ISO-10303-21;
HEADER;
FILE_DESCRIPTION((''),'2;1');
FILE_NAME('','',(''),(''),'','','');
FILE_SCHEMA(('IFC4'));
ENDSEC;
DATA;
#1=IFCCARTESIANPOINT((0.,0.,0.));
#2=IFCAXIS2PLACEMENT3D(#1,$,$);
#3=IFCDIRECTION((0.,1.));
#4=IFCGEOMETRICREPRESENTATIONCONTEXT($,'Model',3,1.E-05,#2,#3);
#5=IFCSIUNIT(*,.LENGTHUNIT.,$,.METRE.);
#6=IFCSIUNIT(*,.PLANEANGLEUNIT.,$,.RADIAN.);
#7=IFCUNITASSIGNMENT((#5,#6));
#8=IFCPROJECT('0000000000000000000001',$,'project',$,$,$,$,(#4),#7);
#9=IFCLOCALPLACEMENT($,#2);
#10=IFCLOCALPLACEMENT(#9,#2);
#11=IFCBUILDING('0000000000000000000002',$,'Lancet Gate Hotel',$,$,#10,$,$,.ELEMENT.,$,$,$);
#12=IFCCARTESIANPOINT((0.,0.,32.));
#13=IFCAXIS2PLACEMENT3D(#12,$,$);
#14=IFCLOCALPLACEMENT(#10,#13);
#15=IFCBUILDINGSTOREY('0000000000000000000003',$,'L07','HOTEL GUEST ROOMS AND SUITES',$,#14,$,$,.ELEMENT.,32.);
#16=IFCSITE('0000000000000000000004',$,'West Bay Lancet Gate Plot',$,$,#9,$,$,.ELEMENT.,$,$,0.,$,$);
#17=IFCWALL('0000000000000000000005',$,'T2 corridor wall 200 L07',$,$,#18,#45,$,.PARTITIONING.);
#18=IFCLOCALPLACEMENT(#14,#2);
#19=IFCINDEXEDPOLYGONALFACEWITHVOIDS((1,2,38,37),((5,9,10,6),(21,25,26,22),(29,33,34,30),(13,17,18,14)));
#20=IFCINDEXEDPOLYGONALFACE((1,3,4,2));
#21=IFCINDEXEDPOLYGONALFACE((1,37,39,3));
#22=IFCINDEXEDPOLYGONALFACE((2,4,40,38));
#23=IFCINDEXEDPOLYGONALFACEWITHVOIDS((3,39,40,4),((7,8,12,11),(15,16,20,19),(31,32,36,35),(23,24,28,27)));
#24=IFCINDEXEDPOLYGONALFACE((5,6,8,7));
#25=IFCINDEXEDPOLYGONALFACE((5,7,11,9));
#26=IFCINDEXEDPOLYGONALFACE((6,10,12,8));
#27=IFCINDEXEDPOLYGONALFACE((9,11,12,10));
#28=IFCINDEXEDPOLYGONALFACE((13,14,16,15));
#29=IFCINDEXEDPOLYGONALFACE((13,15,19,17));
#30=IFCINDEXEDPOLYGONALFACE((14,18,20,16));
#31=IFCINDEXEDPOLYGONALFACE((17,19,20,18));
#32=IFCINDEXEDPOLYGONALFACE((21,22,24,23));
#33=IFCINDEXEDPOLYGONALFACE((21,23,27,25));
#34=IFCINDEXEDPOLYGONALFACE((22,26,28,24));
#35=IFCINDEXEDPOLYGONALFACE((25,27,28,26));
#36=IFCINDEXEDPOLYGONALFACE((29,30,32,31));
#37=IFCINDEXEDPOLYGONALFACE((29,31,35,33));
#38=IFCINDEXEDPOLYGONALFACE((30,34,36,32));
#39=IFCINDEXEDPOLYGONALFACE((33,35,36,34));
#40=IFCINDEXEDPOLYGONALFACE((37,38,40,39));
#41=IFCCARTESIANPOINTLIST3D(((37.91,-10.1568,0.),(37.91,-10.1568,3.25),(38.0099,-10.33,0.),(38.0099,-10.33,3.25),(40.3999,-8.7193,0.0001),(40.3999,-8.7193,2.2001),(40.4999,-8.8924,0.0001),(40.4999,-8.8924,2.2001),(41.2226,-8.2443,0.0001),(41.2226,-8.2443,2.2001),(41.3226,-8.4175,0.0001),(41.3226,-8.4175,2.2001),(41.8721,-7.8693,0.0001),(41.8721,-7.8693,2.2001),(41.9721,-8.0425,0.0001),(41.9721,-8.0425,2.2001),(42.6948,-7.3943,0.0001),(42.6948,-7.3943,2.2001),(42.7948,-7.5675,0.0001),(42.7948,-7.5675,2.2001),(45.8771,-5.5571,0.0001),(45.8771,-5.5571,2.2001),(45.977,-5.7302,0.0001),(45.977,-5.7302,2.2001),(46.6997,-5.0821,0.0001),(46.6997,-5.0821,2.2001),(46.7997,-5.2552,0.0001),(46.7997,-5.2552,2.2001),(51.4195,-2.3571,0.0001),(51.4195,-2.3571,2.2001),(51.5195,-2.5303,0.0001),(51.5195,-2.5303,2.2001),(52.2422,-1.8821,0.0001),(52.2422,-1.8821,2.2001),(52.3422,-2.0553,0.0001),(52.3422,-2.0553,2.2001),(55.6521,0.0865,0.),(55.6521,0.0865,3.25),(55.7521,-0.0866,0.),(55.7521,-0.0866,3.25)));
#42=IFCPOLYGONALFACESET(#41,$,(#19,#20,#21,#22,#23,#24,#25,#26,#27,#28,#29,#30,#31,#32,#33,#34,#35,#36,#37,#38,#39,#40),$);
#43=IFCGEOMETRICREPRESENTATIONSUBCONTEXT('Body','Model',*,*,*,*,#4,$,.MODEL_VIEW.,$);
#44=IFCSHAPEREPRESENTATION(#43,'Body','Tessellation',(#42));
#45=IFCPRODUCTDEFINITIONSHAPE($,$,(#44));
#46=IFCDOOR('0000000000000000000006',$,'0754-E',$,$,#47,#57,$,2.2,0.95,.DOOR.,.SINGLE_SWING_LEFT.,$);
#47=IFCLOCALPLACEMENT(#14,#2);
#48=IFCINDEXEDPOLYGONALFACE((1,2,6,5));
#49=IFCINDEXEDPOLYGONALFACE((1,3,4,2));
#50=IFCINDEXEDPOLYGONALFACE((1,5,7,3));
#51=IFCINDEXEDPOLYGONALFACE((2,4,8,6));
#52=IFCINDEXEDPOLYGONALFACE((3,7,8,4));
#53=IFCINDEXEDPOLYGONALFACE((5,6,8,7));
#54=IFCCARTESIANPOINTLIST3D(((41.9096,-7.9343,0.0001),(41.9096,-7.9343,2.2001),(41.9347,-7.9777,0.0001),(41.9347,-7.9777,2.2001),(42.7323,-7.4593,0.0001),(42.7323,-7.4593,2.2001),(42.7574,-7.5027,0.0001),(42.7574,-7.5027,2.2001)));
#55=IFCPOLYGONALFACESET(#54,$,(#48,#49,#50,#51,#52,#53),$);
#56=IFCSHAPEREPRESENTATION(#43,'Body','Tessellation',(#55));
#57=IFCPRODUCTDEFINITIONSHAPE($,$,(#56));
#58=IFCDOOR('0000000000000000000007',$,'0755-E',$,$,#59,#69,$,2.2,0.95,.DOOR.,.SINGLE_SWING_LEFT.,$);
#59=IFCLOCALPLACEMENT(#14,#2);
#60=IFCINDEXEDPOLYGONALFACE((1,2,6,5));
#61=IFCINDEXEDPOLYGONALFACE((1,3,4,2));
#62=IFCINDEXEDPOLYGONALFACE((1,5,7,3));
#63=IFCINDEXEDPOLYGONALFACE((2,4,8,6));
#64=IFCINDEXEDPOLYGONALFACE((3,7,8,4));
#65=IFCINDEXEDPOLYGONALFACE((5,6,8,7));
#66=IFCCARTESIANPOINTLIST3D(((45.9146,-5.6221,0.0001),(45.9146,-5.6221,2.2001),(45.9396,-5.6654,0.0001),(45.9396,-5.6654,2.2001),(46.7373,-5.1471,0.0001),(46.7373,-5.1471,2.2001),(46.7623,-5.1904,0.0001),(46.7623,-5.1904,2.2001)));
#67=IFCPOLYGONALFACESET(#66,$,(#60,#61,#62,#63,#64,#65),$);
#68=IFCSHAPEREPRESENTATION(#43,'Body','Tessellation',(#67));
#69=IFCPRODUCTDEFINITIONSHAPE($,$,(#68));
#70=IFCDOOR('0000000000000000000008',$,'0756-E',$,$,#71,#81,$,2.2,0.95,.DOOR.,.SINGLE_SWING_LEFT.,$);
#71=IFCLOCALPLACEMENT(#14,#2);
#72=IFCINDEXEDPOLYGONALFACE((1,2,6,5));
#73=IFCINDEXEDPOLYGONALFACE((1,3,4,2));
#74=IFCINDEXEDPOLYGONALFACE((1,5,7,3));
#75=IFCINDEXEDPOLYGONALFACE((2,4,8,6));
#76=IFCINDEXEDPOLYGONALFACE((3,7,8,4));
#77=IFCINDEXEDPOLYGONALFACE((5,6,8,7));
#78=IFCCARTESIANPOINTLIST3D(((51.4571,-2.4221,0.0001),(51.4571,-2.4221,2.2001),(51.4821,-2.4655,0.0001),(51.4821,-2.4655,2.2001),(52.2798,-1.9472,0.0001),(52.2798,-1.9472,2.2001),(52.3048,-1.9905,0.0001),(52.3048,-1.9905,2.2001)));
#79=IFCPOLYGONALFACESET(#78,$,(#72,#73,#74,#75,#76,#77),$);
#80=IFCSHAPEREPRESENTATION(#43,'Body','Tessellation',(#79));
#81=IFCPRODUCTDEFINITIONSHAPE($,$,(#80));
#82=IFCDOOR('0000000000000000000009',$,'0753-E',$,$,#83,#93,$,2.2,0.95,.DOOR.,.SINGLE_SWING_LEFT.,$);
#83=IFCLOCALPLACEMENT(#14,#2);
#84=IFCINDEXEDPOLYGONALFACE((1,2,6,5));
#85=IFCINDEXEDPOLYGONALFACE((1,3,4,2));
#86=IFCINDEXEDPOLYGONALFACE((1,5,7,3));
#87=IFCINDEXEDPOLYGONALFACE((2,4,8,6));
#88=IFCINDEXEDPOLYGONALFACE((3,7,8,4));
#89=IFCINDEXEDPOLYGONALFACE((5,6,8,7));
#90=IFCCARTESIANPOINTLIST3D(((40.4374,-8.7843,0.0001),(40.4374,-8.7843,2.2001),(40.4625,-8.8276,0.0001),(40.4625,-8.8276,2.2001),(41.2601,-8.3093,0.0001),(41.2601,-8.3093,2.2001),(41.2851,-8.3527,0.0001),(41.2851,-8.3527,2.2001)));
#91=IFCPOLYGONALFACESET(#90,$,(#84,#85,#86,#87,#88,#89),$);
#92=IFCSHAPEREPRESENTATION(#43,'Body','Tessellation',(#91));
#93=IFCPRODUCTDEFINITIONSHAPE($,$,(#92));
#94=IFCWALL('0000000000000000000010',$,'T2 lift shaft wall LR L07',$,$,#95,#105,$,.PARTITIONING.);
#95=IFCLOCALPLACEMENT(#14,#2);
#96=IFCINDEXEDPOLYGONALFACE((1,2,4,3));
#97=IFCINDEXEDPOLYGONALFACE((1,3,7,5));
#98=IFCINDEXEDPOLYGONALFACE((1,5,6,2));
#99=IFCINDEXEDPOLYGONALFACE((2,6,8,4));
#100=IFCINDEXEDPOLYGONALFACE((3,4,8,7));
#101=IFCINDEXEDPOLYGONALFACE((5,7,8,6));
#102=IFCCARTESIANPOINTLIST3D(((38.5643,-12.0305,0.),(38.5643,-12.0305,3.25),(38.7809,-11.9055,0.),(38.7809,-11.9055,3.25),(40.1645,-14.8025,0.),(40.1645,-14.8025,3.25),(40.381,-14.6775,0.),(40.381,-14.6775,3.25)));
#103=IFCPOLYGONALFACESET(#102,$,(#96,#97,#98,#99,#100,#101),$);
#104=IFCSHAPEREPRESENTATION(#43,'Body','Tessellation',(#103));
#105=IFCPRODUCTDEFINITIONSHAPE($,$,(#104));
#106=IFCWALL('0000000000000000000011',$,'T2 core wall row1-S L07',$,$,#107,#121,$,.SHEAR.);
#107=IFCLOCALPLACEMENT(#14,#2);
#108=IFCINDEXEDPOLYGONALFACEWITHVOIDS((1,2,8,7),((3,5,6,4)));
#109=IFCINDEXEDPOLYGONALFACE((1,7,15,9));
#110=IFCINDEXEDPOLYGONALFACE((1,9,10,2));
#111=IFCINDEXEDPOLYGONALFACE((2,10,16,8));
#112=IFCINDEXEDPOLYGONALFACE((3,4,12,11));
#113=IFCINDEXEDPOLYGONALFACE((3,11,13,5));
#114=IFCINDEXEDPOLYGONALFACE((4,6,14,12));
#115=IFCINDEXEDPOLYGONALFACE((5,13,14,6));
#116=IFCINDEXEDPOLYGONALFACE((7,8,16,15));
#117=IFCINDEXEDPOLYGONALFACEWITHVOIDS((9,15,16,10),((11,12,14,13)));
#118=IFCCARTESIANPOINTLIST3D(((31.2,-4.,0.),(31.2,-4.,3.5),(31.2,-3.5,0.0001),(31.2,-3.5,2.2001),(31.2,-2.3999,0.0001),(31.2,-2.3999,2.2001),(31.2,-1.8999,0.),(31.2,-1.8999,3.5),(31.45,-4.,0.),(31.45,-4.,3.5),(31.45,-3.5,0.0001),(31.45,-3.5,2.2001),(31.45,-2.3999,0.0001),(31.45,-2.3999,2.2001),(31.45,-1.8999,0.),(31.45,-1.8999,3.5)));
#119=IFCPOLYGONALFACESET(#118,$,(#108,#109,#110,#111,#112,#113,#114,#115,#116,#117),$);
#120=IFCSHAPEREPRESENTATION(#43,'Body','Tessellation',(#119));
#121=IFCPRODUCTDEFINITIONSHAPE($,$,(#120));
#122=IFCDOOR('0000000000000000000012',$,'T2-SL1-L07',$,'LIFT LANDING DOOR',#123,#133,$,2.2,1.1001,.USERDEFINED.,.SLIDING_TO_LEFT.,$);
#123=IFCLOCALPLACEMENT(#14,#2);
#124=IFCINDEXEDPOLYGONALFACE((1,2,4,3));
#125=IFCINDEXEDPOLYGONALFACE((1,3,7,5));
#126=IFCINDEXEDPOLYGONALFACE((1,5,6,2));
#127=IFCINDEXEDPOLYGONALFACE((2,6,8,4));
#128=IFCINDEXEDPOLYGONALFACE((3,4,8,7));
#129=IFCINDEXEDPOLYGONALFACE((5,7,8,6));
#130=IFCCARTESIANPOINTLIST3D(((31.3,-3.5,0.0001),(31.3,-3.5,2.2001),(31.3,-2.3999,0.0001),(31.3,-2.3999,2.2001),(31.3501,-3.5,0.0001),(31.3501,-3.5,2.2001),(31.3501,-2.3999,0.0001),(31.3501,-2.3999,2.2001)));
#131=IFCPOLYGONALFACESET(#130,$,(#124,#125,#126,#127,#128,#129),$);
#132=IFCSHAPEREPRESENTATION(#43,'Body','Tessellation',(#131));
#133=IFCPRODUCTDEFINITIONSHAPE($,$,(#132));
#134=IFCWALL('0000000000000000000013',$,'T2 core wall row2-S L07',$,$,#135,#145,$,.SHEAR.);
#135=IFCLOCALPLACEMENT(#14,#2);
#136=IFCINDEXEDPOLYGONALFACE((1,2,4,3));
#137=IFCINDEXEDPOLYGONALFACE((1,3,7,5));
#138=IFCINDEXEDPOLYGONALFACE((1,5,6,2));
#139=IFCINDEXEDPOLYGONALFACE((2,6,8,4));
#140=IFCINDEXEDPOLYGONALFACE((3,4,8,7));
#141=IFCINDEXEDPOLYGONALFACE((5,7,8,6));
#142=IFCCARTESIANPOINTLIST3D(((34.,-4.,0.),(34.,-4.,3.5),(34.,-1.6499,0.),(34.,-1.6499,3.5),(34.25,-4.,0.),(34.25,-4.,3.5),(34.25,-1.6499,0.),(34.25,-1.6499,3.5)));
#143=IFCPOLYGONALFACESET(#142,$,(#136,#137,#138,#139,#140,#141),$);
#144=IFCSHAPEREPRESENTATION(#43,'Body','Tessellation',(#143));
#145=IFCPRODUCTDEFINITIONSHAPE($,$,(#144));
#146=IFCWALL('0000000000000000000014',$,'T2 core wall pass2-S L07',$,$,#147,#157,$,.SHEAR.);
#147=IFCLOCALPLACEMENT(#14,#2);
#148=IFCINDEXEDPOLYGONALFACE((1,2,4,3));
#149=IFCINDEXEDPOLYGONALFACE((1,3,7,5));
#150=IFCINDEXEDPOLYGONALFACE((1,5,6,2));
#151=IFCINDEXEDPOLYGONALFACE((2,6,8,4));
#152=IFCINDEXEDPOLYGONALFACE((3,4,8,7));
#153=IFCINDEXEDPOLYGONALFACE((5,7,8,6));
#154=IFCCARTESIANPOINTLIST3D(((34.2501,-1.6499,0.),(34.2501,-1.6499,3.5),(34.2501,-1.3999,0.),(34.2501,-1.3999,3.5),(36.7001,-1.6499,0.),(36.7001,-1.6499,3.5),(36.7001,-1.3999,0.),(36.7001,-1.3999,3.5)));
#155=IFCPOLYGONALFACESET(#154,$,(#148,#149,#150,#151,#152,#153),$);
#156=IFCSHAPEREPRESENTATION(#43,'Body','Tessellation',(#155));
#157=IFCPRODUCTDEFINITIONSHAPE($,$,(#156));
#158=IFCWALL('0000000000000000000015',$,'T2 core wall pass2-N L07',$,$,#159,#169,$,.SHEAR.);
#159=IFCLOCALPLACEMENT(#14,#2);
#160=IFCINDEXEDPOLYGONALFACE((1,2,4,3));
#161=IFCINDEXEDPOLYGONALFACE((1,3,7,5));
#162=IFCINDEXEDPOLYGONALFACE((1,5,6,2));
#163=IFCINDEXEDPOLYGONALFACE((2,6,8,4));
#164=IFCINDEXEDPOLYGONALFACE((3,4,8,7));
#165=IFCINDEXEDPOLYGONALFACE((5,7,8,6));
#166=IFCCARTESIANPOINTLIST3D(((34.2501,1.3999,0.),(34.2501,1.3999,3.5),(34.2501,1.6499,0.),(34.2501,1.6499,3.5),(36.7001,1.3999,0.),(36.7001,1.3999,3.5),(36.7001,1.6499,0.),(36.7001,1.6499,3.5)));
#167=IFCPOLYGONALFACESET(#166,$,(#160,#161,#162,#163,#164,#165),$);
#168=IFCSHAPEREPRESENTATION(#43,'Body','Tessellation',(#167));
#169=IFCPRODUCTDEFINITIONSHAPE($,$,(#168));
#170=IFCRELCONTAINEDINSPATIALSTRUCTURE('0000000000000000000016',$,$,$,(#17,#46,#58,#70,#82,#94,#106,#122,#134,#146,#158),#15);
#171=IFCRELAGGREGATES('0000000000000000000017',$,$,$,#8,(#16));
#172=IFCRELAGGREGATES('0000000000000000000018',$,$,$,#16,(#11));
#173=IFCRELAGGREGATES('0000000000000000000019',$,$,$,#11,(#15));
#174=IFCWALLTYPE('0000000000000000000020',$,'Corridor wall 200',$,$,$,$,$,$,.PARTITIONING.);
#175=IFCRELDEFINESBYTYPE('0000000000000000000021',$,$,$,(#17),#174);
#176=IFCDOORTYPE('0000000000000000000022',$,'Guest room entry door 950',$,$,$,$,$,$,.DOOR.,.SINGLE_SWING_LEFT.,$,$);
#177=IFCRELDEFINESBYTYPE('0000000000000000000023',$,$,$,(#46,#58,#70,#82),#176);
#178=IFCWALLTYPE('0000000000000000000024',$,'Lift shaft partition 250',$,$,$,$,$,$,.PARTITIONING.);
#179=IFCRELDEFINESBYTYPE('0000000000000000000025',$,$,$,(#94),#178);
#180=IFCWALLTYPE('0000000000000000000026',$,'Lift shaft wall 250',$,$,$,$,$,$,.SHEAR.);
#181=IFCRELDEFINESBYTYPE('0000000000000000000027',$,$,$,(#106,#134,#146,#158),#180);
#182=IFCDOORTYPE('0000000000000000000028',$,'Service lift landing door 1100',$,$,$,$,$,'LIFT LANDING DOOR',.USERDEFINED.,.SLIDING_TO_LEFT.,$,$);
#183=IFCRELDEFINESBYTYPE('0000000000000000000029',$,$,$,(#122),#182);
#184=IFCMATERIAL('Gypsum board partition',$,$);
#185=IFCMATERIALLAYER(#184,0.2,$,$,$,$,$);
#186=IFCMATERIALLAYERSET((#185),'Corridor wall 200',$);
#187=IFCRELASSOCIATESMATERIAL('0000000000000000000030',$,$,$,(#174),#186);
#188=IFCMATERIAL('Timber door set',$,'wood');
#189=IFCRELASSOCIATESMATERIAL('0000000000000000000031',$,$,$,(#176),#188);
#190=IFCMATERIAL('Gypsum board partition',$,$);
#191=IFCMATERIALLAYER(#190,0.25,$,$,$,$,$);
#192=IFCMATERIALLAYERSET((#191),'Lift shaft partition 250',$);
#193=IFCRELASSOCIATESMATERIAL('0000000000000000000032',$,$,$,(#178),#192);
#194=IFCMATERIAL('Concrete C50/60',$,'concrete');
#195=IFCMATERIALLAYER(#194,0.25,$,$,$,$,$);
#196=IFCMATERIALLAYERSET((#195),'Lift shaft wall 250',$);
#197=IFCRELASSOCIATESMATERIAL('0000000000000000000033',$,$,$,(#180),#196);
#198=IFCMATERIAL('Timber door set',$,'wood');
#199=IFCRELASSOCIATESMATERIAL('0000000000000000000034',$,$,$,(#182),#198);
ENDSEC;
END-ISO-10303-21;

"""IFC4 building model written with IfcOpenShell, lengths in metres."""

from ifc_helpers import new_model, si_unit, direction, frame, frame_2d, origin, place, context, subcontext, project, spatial, rectangle, extrude, material, layer, layer_set, type_object, element, fill, save


model = new_model("IFC4")

# Units and contexts
model_context = context("Model", 3, precision=1e-05, world=origin(), true_north=direction((0.0, 1.0)))
body_context = subcontext(model_context, "Body", "Model", "MODEL_VIEW")
ifc_project = project(units=[si_unit("LENGTHUNIT", "METRE"), si_unit("PLANEANGLEUNIT", "RADIAN")], contexts=[model_context])

# Site, building, storey
site_placement = place(None, origin())
site = spatial("IfcSite", under=ifc_project, at=site_placement, Name="West Bay Lancet Gate Plot", CompositionType="ELEMENT", RefElevation=0.0)
building_placement = place(site_placement, origin())
building = spatial("IfcBuilding", under=site, at=building_placement, Name="Lancet Gate Hotel", CompositionType="ELEMENT")
storey_placement = place(building_placement, frame((0.0, 0.0, 32.0)))
storey = spatial("IfcBuildingStorey", under=building, at=storey_placement, Name="L07", Description="HOTEL GUEST ROOMS AND SUITES", CompositionType="ELEMENT", Elevation=32.0)

# Wall, openings, doors
ifc_material_1 = material(Name="Gypsum board partition")
ifc_layer_1 = layer(ifc_material_1, 0.2)
ifc_layer_set_1 = layer_set([ifc_layer_1], Name="Corridor wall 200")
wall_type_1 = type_object("IfcWallType", Name="Corridor wall 200", PredefinedType="PARTITIONING", material=ifc_layer_set_1)
wall_1_placement = place(storey_placement, frame((37.96, -10.2434, 0.0), z_axis=(0.0, 0.0, 1.0), x_axis=(0.866026, 0.499998, 0.0)))
wall_1 = element("IfcWall", 1, at=wall_1_placement, inside=storey, type_object=wall_type_1, Name="T2 corridor wall 200 L07", PredefinedType="PARTITIONING", context=body_context, shape_type="SweptSolid", body=[
    extrude(rectangle(XDim=20.4868, YDim=0.2, at=frame_2d((10.2434, 0.0))), origin(), (0.0, 0.0, 1.0), 3.25),
])
opening_1_placement = place(wall_1_placement, frame((4.575, 0.0, 0.0)))
opening_1 = element("IfcOpeningElement", 2, at=opening_1_placement, cuts=wall_1, PredefinedType="OPENING", context=body_context, shape_type="SweptSolid", body=[
    extrude(rectangle(XDim=0.95, YDim=2.2, at=frame_2d((0.4751, 1.1001))), frame((0.0, 0.1099, 0.0), z_axis=(0.0, -1.0, 0.0), x_axis=(1.0, 0.0, 0.0)), (0.0, 0.0, 1.0), 0.22),
])
opening_2_placement = place(wall_1_placement, frame((9.1995, 0.0, 0.0)))
opening_2 = element("IfcOpeningElement", 3, at=opening_2_placement, cuts=wall_1, PredefinedType="OPENING", context=body_context, shape_type="SweptSolid", body=[
    extrude(rectangle(XDim=0.95, YDim=2.2, at=frame_2d((0.4751, 1.1001))), frame((0.0, 0.1099, 0.0), z_axis=(0.0, -1.0, 0.0), x_axis=(1.0, 0.0, 0.0)), (0.0, 0.0, 1.0), 0.22),
])
opening_3_placement = place(wall_1_placement, frame((15.5994, 0.0, 0.0)))
opening_3 = element("IfcOpeningElement", 4, at=opening_3_placement, cuts=wall_1, PredefinedType="OPENING", context=body_context, shape_type="SweptSolid", body=[
    extrude(rectangle(XDim=0.95, YDim=2.2, at=frame_2d((0.4751, 1.1001))), frame((0.0, 0.1099, 0.0), z_axis=(0.0, -1.0, 0.0), x_axis=(1.0, 0.0, 0.0)), (0.0, 0.0, 1.0), 0.22),
])
opening_4_placement = place(wall_1_placement, frame((2.875, 0.0, 0.0)))
opening_4 = element("IfcOpeningElement", 5, at=opening_4_placement, cuts=wall_1, PredefinedType="OPENING", context=body_context, shape_type="SweptSolid", body=[
    extrude(rectangle(XDim=0.95, YDim=2.2, at=frame_2d((0.4751, 1.1001))), frame((0.0, 0.1099, 0.0), z_axis=(0.0, -1.0, 0.0), x_axis=(1.0, 0.0, 0.0)), (0.0, 0.0, 1.0), 0.22),
])
ifc_material_2 = material(Name="Timber door set", Category="wood")
door_type_1 = type_object("IfcDoorType", Name="Guest room entry door 950", OperationType="SINGLE_SWING_LEFT", PredefinedType="DOOR", material=ifc_material_2)
door_1_placement = place(opening_1_placement, origin())
door_1 = element("IfcDoor", 6, at=door_1_placement, inside=storey, type_object=door_type_1, Name="0754-E", OperationType="SINGLE_SWING_LEFT", OverallHeight=2.2, OverallWidth=0.95, PredefinedType="DOOR", context=body_context, shape_type="SweptSolid", body=[
    extrude(rectangle(XDim=0.95, YDim=2.2, at=frame_2d((0.4751, 1.1001))), frame((0.0, 0.0249, 0.0), z_axis=(0.0, -1.0, 0.0), x_axis=(1.0, 0.0, 0.0)), (0.0, 0.0, 1.0), 0.05),
])
fill(opening_1, door_1)
door_2_placement = place(opening_2_placement, origin())
door_2 = element("IfcDoor", 7, at=door_2_placement, inside=storey, type_object=door_type_1, Name="0755-E", OperationType="SINGLE_SWING_LEFT", OverallHeight=2.2, OverallWidth=0.95, PredefinedType="DOOR", context=body_context, shape_type="SweptSolid", body=[
    extrude(rectangle(XDim=0.95, YDim=2.2, at=frame_2d((0.4751, 1.1001))), frame((0.0, 0.0249, 0.0), z_axis=(0.0, -1.0, 0.0), x_axis=(1.0, 0.0, 0.0)), (0.0, 0.0, 1.0), 0.05),
])
fill(opening_2, door_2)
door_3_placement = place(opening_3_placement, origin())
door_3 = element("IfcDoor", 8, at=door_3_placement, inside=storey, type_object=door_type_1, Name="0756-E", OperationType="SINGLE_SWING_LEFT", OverallHeight=2.2, OverallWidth=0.95, PredefinedType="DOOR", context=body_context, shape_type="SweptSolid", body=[
    extrude(rectangle(XDim=0.95, YDim=2.2, at=frame_2d((0.4751, 1.1001))), frame((0.0, 0.0249, 0.0), z_axis=(0.0, -1.0, 0.0), x_axis=(1.0, 0.0, 0.0)), (0.0, 0.0, 1.0), 0.05),
])
fill(opening_3, door_3)
door_4_placement = place(opening_4_placement, origin())
door_4 = element("IfcDoor", 9, at=door_4_placement, inside=storey, type_object=door_type_1, Name="0753-E", OperationType="SINGLE_SWING_LEFT", OverallHeight=2.2, OverallWidth=0.95, PredefinedType="DOOR", context=body_context, shape_type="SweptSolid", body=[
    extrude(rectangle(XDim=0.95, YDim=2.2, at=frame_2d((0.4751, 1.1001))), frame((0.0, 0.0249, 0.0), z_axis=(0.0, -1.0, 0.0), x_axis=(1.0, 0.0, 0.0)), (0.0, 0.0, 1.0), 0.05),
])
fill(opening_4, door_4)

# Wall
ifc_material_3 = material(Name="Gypsum board partition")
ifc_layer_2 = layer(ifc_material_3, 0.25)
ifc_layer_set_2 = layer_set([ifc_layer_2], Name="Lift shaft partition 250")
wall_type_2 = type_object("IfcWallType", Name="Lift shaft partition 250", PredefinedType="PARTITIONING", material=ifc_layer_set_2)
wall_2_placement = place(storey_placement, frame((38.6726, -11.968, 0.0), z_axis=(0.0, 0.0, 1.0), x_axis=(0.499929, -0.866066, 0.0)))
element("IfcWall", 10, at=wall_2_placement, inside=storey, type_object=wall_type_2, Name="T2 lift shaft wall LR L07", PredefinedType="PARTITIONING", context=body_context, shape_type="SweptSolid", body=[
    extrude(rectangle(XDim=3.2007, YDim=0.25, at=frame_2d((1.6003, 0.0))), origin(), (0.0, 0.0, 1.0), 3.25),
])

# Wall, opening, door
ifc_material_4 = material(Name="Concrete C50/60", Category="concrete")
ifc_layer_3 = layer(ifc_material_4, 0.25)
ifc_layer_set_3 = layer_set([ifc_layer_3], Name="Lift shaft wall 250")
wall_type_3 = type_object("IfcWallType", Name="Lift shaft wall 250", PredefinedType="SHEAR", material=ifc_layer_set_3)
wall_3_placement = place(storey_placement, frame((31.325, -4.0, 0.0), z_axis=(0.0, 0.0, 1.0), x_axis=(0.0, 1.0, 0.0)))
wall_3 = element("IfcWall", 11, at=wall_3_placement, inside=storey, type_object=wall_type_3, Name="T2 core wall row1-S L07", PredefinedType="SHEAR", context=body_context, shape_type="SweptSolid", body=[
    extrude(rectangle(XDim=2.1001, YDim=0.25, at=frame_2d((1.05, 0.0))), origin(), (0.0, 0.0, 1.0), 3.5),
])
opening_5_placement = place(wall_3_placement, frame((0.5, 0.0, 0.0)))
opening_5 = element("IfcOpeningElement", 12, at=opening_5_placement, cuts=wall_3, PredefinedType="OPENING", context=body_context, shape_type="SweptSolid", body=[
    extrude(rectangle(XDim=1.1001, YDim=2.2, at=frame_2d((0.55, 1.1001))), frame((0.0, 0.135, 0.0), z_axis=(0.0, -1.0, 0.0), x_axis=(1.0, 0.0, 0.0)), (0.0, 0.0, 1.0), 0.27),
])
ifc_material_5 = material(Name="Timber door set", Category="wood")
door_type_2 = type_object("IfcDoorType", Name="Service lift landing door 1100", ElementType="LIFT LANDING DOOR", OperationType="SLIDING_TO_LEFT", PredefinedType="USERDEFINED", material=ifc_material_5)
door_5_placement = place(opening_5_placement, origin())
door_5 = element("IfcDoor", 13, at=door_5_placement, inside=storey, type_object=door_type_2, Name="T2-SL1-L07", ObjectType="LIFT LANDING DOOR", OperationType="SLIDING_TO_LEFT", OverallHeight=2.2, OverallWidth=1.1001, PredefinedType="USERDEFINED", context=body_context, shape_type="SweptSolid", body=[
    extrude(rectangle(XDim=1.1001, YDim=2.2, at=frame_2d((0.55, 1.1001))), frame((0.0, 0.0249, 0.0), z_axis=(0.0, -1.0, 0.0), x_axis=(1.0, 0.0, 0.0)), (0.0, 0.0, 1.0), 0.05),
])
fill(opening_5, door_5)

# Walls
wall_4_placement = place(storey_placement, frame((34.125, -4.0, 0.0), z_axis=(0.0, 0.0, 1.0), x_axis=(0.0, 1.0, 0.0)))
element("IfcWall", 14, at=wall_4_placement, inside=storey, type_object=wall_type_3, Name="T2 core wall row2-S L07", PredefinedType="SHEAR", context=body_context, shape_type="SweptSolid", body=[
    extrude(rectangle(XDim=2.3501, YDim=0.25, at=frame_2d((1.175, 0.0))), origin(), (0.0, 0.0, 1.0), 3.5),
])
for number, where, z_axis, x_axis, name in (
    (15, (34.25, -1.5249, 0.0), (0.0, 0.0, 1.0), (1.0, 0.0, 0.0), "T2 core wall pass2-S L07"),
    (16, (34.25, 1.5249, 0.0), (0.0, 0.0, 1.0), (1.0, 0.0, 0.0), "T2 core wall pass2-N L07"),
):
    element("IfcWall", number, at=place(storey_placement, frame(where, z_axis=z_axis, x_axis=x_axis)), inside=storey, type_object=wall_type_3, Name=name, PredefinedType="SHEAR", context=body_context, shape_type="SweptSolid", body=[
        extrude(rectangle(XDim=2.45, YDim=0.25, at=frame_2d((1.2251, 0.0))), origin(), (0.0, 0.0, 1.0), 3.5),
    ])

save(model, "model.ifc")
